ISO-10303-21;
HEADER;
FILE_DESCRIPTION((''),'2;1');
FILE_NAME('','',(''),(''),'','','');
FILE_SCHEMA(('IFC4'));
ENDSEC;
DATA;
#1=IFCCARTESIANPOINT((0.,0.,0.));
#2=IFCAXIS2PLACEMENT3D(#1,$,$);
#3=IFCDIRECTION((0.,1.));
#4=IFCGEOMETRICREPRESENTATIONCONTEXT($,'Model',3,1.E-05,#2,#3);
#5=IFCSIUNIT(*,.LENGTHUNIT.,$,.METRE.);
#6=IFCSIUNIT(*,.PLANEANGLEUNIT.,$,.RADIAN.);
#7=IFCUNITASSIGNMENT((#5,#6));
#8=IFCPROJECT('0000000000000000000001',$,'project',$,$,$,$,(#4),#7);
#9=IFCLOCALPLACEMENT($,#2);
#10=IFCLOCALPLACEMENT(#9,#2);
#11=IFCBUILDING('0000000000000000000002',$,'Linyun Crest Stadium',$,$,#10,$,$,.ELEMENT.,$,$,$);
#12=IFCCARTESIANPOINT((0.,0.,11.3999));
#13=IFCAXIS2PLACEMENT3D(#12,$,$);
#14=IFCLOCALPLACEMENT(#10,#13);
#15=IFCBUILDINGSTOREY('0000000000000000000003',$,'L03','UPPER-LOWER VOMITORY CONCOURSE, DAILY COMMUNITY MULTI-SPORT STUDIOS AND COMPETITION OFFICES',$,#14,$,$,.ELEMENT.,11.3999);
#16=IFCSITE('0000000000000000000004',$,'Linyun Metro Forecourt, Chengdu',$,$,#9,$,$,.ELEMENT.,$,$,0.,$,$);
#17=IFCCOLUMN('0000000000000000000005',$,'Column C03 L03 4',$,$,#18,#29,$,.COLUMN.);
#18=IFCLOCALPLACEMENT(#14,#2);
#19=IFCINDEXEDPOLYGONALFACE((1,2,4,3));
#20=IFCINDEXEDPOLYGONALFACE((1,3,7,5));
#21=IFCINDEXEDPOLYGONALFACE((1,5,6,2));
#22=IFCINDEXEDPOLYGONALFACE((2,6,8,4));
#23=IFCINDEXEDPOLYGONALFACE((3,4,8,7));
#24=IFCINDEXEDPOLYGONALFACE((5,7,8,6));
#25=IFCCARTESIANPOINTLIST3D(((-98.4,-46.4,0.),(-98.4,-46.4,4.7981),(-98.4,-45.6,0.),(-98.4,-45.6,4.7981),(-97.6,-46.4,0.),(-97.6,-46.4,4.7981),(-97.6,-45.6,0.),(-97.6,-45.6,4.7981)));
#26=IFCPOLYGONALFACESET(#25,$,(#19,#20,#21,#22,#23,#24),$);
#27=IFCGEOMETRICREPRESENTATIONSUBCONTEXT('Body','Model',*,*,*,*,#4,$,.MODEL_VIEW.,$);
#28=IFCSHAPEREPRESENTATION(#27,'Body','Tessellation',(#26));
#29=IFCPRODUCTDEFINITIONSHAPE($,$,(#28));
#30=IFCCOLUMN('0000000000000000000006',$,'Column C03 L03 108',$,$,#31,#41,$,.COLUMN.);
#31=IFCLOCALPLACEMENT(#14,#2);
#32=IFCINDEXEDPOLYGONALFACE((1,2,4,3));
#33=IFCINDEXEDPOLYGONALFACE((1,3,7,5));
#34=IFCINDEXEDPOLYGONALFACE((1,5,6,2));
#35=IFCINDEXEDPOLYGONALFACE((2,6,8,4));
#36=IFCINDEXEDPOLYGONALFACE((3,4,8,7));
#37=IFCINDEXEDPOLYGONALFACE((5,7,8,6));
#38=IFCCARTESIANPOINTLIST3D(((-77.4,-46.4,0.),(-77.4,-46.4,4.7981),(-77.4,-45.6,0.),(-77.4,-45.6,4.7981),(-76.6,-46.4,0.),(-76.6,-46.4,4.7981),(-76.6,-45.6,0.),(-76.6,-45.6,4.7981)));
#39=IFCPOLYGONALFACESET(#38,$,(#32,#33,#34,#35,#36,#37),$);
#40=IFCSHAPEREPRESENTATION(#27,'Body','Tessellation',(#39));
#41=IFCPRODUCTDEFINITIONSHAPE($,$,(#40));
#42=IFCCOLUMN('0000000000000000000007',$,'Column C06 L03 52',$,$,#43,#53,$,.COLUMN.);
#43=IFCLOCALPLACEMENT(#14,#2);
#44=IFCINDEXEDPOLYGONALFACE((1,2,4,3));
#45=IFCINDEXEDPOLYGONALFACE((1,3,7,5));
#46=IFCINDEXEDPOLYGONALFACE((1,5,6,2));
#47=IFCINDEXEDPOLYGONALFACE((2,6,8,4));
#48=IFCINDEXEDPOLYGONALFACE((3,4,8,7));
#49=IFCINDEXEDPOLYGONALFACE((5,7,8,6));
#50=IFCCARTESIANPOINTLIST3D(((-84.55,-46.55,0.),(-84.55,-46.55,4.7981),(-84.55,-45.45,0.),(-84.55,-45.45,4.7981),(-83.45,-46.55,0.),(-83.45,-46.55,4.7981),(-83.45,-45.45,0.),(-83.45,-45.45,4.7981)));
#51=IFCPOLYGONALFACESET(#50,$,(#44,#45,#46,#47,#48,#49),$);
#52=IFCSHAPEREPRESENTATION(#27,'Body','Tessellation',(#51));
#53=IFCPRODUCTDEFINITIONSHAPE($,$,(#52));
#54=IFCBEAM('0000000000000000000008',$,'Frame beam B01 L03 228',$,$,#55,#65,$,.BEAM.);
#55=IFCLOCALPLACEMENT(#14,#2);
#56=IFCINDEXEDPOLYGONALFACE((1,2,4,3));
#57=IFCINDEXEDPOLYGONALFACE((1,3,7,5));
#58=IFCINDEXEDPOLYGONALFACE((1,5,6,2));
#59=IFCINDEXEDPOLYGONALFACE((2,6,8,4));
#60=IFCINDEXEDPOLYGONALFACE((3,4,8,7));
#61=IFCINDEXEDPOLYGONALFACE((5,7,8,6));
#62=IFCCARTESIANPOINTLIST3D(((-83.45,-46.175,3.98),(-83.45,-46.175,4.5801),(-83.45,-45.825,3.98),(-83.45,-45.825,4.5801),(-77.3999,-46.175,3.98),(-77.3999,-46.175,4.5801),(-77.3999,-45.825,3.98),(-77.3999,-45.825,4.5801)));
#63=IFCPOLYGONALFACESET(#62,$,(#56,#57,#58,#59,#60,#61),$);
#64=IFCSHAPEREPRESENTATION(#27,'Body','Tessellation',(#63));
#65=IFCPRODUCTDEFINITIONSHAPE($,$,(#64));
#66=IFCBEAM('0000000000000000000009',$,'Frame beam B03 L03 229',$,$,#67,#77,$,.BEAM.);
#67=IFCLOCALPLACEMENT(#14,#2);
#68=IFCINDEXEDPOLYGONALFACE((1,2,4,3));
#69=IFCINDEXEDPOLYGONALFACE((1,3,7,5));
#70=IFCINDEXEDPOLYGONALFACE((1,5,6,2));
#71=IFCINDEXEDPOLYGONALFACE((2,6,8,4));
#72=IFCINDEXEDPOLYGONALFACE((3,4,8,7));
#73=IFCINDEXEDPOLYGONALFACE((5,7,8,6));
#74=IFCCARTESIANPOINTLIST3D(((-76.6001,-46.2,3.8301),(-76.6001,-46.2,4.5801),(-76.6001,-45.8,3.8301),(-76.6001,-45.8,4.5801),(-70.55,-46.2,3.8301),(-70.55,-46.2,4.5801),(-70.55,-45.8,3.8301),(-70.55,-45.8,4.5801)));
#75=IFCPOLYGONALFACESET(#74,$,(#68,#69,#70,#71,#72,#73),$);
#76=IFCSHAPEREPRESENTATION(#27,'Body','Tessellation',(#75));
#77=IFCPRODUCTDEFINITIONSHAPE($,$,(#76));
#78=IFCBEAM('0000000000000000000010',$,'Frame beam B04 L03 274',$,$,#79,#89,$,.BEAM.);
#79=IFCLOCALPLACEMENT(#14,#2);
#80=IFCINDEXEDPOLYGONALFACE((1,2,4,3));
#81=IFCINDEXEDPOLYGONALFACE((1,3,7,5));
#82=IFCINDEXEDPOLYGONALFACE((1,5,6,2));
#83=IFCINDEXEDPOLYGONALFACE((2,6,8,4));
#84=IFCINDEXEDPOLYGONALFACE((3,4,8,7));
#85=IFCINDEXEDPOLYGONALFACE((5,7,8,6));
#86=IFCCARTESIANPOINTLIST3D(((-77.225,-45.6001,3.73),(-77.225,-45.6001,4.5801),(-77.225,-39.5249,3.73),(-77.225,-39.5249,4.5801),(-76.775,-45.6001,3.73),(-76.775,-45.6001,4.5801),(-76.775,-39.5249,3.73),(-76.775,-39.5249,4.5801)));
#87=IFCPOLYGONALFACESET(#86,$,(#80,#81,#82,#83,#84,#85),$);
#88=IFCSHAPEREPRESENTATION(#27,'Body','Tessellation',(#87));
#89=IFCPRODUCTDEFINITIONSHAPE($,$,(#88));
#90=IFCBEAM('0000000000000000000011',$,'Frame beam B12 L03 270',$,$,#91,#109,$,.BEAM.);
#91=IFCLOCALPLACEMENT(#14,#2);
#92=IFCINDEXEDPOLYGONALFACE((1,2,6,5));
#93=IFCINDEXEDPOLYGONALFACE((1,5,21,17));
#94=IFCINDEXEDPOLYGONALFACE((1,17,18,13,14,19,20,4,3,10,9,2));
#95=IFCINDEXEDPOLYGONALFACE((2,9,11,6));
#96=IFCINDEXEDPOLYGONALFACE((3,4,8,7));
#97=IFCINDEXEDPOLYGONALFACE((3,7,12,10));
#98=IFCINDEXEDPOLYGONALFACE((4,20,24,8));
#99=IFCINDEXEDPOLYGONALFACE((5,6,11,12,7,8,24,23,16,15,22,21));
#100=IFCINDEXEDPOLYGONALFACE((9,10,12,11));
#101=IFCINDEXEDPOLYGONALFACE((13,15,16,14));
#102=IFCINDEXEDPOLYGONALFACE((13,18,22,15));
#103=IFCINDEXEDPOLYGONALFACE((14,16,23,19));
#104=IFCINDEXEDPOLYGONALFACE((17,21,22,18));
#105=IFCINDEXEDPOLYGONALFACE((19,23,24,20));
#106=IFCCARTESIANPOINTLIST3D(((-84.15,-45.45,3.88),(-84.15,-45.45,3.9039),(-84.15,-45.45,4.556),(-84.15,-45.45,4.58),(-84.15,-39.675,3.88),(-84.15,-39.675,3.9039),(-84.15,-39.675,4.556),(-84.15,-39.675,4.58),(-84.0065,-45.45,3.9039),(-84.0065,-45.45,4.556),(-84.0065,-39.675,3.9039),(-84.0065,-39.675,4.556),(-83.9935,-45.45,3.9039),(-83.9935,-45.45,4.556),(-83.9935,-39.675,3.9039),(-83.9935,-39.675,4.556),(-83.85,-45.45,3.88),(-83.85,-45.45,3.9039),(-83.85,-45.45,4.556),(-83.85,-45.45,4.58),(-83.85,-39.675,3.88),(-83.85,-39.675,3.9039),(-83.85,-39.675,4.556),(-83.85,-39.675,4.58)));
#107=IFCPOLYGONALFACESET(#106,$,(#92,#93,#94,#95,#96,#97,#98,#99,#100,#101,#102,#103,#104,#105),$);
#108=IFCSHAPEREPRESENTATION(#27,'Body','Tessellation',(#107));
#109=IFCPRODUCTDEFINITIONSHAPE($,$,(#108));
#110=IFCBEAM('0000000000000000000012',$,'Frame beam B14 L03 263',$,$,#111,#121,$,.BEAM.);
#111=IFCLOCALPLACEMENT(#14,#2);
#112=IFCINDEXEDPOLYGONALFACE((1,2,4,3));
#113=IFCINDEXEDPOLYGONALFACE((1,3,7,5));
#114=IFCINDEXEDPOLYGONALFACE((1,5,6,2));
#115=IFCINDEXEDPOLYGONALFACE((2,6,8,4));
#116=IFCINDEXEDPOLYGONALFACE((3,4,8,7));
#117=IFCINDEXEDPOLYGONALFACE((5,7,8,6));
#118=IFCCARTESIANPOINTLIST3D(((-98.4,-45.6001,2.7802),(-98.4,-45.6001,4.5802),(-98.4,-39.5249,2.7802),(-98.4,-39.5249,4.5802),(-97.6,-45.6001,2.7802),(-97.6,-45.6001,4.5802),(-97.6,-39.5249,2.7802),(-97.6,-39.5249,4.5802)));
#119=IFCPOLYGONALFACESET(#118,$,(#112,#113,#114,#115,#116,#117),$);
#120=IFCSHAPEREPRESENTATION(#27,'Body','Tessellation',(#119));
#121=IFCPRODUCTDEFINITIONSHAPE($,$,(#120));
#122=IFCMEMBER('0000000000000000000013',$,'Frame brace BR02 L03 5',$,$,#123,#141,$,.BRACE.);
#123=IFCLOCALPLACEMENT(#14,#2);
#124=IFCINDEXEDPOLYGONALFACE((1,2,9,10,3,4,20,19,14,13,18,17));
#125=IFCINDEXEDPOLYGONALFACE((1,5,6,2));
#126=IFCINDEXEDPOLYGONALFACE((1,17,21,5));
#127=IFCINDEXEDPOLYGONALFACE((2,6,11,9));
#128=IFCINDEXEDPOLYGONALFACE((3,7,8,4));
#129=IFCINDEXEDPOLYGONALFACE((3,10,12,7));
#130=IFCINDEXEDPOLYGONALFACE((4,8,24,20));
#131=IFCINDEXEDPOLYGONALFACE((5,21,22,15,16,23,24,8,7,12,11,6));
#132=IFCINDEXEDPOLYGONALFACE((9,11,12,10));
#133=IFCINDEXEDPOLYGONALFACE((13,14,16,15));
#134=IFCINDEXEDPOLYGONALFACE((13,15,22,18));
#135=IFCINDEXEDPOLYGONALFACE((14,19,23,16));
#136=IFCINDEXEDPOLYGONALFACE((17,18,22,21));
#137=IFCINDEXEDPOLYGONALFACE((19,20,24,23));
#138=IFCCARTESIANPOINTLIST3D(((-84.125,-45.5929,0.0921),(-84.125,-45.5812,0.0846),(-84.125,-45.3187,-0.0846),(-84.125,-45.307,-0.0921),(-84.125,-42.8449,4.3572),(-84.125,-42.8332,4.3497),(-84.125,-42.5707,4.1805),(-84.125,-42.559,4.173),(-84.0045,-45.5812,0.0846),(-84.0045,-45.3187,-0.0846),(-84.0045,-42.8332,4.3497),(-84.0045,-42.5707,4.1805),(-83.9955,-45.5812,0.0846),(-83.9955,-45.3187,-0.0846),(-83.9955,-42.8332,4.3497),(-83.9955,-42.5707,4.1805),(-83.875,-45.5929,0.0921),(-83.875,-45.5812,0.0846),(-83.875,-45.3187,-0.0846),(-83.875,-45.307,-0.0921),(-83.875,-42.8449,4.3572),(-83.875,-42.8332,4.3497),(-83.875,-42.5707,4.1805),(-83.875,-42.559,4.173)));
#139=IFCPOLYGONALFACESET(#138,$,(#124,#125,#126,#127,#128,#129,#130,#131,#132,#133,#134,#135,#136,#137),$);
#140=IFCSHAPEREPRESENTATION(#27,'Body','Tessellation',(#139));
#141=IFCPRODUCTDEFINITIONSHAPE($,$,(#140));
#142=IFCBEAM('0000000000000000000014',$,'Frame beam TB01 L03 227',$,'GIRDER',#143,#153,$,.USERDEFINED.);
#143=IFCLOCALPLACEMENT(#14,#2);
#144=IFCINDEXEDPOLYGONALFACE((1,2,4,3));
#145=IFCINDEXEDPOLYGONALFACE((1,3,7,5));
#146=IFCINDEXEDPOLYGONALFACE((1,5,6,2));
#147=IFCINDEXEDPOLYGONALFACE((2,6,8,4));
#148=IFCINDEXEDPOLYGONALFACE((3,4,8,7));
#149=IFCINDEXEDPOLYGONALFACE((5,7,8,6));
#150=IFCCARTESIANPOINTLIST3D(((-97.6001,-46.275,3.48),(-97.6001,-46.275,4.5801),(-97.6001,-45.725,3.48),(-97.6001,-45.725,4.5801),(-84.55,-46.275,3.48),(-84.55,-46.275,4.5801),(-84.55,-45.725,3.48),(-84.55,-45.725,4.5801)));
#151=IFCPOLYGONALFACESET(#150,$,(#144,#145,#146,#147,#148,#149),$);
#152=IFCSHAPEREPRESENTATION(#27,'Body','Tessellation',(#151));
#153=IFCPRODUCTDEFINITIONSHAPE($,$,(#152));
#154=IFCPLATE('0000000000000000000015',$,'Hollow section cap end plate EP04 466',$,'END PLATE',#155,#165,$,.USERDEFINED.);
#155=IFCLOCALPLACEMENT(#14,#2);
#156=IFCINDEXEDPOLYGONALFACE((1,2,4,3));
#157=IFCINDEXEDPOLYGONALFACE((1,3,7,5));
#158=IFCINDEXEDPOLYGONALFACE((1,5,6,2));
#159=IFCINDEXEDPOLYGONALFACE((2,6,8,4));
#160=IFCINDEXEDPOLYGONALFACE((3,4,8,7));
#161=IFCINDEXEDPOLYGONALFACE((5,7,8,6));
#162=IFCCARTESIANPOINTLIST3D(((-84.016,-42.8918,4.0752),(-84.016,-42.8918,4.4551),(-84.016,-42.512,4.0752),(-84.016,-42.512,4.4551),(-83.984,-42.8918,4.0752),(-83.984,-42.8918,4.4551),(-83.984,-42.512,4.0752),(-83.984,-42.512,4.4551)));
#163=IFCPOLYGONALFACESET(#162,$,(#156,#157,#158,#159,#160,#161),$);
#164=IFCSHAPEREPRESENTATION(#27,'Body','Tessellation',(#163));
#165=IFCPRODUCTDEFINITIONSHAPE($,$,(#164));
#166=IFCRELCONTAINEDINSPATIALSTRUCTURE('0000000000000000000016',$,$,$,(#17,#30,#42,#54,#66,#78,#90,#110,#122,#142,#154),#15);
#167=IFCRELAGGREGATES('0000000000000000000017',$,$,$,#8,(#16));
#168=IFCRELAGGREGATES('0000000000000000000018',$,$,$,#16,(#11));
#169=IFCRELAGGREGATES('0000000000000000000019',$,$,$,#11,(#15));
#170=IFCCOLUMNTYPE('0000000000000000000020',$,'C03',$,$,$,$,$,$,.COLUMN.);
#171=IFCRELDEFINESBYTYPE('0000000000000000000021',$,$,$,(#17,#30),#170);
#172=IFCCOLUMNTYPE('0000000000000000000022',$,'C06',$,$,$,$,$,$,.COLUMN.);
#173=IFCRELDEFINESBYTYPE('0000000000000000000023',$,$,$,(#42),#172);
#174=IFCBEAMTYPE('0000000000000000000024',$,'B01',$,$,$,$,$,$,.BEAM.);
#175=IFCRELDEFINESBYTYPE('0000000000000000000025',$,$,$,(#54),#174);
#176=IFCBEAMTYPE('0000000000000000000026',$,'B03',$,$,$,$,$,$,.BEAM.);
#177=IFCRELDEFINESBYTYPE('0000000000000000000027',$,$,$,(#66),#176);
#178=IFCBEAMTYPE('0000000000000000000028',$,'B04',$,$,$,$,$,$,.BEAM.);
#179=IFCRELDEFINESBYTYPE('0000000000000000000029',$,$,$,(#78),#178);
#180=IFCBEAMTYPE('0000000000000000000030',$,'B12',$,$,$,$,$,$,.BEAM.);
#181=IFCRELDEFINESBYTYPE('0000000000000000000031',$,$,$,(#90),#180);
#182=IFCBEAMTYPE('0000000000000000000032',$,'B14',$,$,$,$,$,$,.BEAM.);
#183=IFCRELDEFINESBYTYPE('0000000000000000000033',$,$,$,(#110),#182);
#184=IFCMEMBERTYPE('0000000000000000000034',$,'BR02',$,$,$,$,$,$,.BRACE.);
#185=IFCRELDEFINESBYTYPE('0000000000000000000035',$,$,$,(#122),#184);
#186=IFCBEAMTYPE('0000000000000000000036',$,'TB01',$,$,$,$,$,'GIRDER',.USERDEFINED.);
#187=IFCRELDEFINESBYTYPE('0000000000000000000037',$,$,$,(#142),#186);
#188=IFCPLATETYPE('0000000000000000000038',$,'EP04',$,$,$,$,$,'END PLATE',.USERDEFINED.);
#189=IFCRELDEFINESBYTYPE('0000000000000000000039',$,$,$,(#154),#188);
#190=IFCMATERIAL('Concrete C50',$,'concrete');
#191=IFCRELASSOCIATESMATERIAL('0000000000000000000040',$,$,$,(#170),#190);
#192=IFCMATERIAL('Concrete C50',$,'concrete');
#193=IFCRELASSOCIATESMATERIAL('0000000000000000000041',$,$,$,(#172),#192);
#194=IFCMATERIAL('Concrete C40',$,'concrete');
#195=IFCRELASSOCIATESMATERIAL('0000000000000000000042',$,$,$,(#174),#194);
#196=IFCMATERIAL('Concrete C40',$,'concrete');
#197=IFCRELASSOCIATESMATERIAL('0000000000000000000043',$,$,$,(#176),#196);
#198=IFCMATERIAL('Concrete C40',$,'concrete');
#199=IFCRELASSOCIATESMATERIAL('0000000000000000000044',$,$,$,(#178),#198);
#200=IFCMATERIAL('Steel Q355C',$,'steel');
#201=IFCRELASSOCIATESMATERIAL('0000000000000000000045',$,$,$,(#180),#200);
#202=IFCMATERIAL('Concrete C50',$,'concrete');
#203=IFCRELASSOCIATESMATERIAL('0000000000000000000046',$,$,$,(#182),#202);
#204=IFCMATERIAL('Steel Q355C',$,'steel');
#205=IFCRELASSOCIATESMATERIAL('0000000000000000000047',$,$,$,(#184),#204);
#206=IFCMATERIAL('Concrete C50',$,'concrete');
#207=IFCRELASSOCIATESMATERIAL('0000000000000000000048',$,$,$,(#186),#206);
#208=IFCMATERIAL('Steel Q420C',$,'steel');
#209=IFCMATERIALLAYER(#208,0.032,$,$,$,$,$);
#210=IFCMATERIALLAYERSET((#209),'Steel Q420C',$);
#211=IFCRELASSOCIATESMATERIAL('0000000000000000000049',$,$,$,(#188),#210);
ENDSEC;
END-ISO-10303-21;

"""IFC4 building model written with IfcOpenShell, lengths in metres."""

from ifc_helpers import new_model, si_unit, direction, frame, origin, origin_2d, place, context, subcontext, project, spatial, rectangle, i_section, extrude, material, layer, layer_set, material_profile, profile_set, type_object, element, save


model = new_model("IFC4")

# Units and contexts
model_context = context("Model", 3, precision=1e-05, world=origin(), true_north=direction((0.0, 1.0)))
body_context = subcontext(model_context, "Body", "Model", "MODEL_VIEW")
ifc_project = project(units=[si_unit("LENGTHUNIT", "METRE"), si_unit("PLANEANGLEUNIT", "RADIAN")], contexts=[model_context])

# Site, building, storey
site_placement = place(None, origin())
site = spatial("IfcSite", under=ifc_project, at=site_placement, Name="Linyun Metro Forecourt, Chengdu", CompositionType="ELEMENT", RefElevation=0.0)
building_placement = place(site_placement, origin())
building = spatial("IfcBuilding", under=site, at=building_placement, Name="Linyun Crest Stadium", CompositionType="ELEMENT")
storey_placement = place(building_placement, frame((0.0, 0.0, 11.3999)))
storey = spatial("IfcBuildingStorey", under=building, at=storey_placement, Name="L03", Description="UPPER-LOWER VOMITORY CONCOURSE, DAILY COMMUNITY MULTI-SPORT STUDIOS AND COMPETITION OFFICES", CompositionType="ELEMENT", Elevation=11.3999)

# Columns
ifc_material_1 = material(Name="Concrete C50", Category="concrete")
ifc_material_profile_1 = material_profile(ifc_material_1, rectangle(XDim=0.8, YDim=0.8, at=origin_2d()), Name="RC 800x800")
ifc_profile_set_1 = profile_set([ifc_material_profile_1], Name="Concrete C50")
column_type_1 = type_object("IfcColumnType", Name="C03", PredefinedType="COLUMN", material=ifc_profile_set_1)
for number, where, z_axis, x_axis, name in (
    (1, (-98.0, -46.0, 0.0), (0.0, 0.0, 1.0), (1.0, 0.0, 0.0), "Column C03 L03 4"),
    (2, (-77.0, -46.0, 0.0), (0.0, 0.0, 1.0), (1.0, 0.0, 0.0), "Column C03 L03 108"),
):
    element("IfcColumn", number, at=place(storey_placement, frame(where, z_axis=z_axis, x_axis=x_axis)), inside=storey, type_object=column_type_1, Name=name, PredefinedType="COLUMN", context=body_context, shape_type="SweptSolid", body=[
        extrude(rectangle(XDim=0.8, YDim=0.8, at=origin_2d()), origin(), (0.0, 0.0, 1.0), 4.7981),
    ])
ifc_material_2 = material(Name="Concrete C50", Category="concrete")
ifc_material_profile_2 = material_profile(ifc_material_2, rectangle(XDim=1.1001, YDim=1.1001, at=origin_2d()), Name="RC 1100x1100")
ifc_profile_set_2 = profile_set([ifc_material_profile_2], Name="Concrete C50")
column_type_2 = type_object("IfcColumnType", Name="C06", PredefinedType="COLUMN", material=ifc_profile_set_2)
column_placement = place(storey_placement, frame((-84.0, -46.0, 0.0), z_axis=(0.0, 0.0, 1.0), x_axis=(1.0, 0.0, 0.0)))
element("IfcColumn", 3, at=column_placement, inside=storey, type_object=column_type_2, Name="Column C06 L03 52", PredefinedType="COLUMN", context=body_context, shape_type="SweptSolid", body=[
    extrude(rectangle(XDim=1.1001, YDim=1.1001, at=origin_2d()), origin(), (0.0, 0.0, 1.0), 4.7981),
])

# Beams
ifc_material_3 = material(Name="Concrete C40", Category="concrete")
ifc_material_profile_3 = material_profile(ifc_material_3, rectangle(XDim=0.3501, YDim=0.6001, at=origin_2d()), Name="RCB 600x350")
ifc_profile_set_3 = profile_set([ifc_material_profile_3], Name="Concrete C40")
beam_type_1 = type_object("IfcBeamType", Name="B01", PredefinedType="BEAM", material=ifc_profile_set_3)
beam_1_placement = place(storey_placement, frame((-83.45, -46.0, 4.28), z_axis=(1.0, 0.0, 0.0), x_axis=(0.0, 1.0, 0.0)))
element("IfcBeam", 4, at=beam_1_placement, inside=storey, type_object=beam_type_1, Name="Frame beam B01 L03 228", PredefinedType="BEAM", context=body_context, shape_type="SweptSolid", body=[
    extrude(rectangle(XDim=0.3501, YDim=0.6001, at=origin_2d()), origin(), (0.0, 0.0, 1.0), 6.05),
])
ifc_material_4 = material(Name="Concrete C40", Category="concrete")
ifc_material_profile_4 = material_profile(ifc_material_4, rectangle(XDim=0.3999, YDim=0.75, at=origin_2d()), Name="RCB 750x400")
ifc_profile_set_4 = profile_set([ifc_material_profile_4], Name="Concrete C40")
beam_type_2 = type_object("IfcBeamType", Name="B03", PredefinedType="BEAM", material=ifc_profile_set_4)
beam_2_placement = place(storey_placement, frame((-76.6001, -46.0, 4.2051), z_axis=(1.0, 0.0, 0.0), x_axis=(0.0, 1.0, 0.0)))
element("IfcBeam", 5, at=beam_2_placement, inside=storey, type_object=beam_type_2, Name="Frame beam B03 L03 229", PredefinedType="BEAM", context=body_context, shape_type="SweptSolid", body=[
    extrude(rectangle(XDim=0.3999, YDim=0.75, at=origin_2d()), origin(), (0.0, 0.0, 1.0), 6.05),
])
ifc_material_5 = material(Name="Concrete C40", Category="concrete")
ifc_material_profile_5 = material_profile(ifc_material_5, rectangle(XDim=0.45, YDim=0.8501, at=origin_2d()), Name="RCB 850x450")
ifc_profile_set_5 = profile_set([ifc_material_profile_5], Name="Concrete C40")
beam_type_3 = type_object("IfcBeamType", Name="B04", PredefinedType="BEAM", material=ifc_profile_set_5)
beam_3_placement = place(storey_placement, frame((-77.0, -45.6001, 4.155), z_axis=(0.0, 1.0, 0.0), x_axis=(-1.0, 0.0, 0.0)))
element("IfcBeam", 6, at=beam_3_placement, inside=storey, type_object=beam_type_3, Name="Frame beam B04 L03 274", PredefinedType="BEAM", context=body_context, shape_type="SweptSolid", body=[
    extrude(rectangle(XDim=0.45, YDim=0.8501, at=origin_2d()), origin(), (0.0, 0.0, 1.0), 6.0752),
])
ifc_material_6 = material(Name="Steel Q355C", Category="steel")
ifc_material_profile_6 = material_profile(ifc_material_6, i_section(OverallWidth=0.3, OverallDepth=0.7, WebThickness=0.0129, FlangeThickness=0.0239, at=origin_2d()), Name="HN 700x300")
ifc_profile_set_6 = profile_set([ifc_material_profile_6], Name="Steel Q355C")
beam_type_4 = type_object("IfcBeamType", Name="B12", PredefinedType="BEAM", material=ifc_profile_set_6)
beam_4_placement = place(storey_placement, frame((-84.0, -45.45, 4.23), z_axis=(0.0, 1.0, 0.0), x_axis=(-1.0, 0.0, 0.0)))
element("IfcBeam", 7, at=beam_4_placement, inside=storey, type_object=beam_type_4, Name="Frame beam B12 L03 270", PredefinedType="BEAM", context=body_context, shape_type="SweptSolid", body=[
    extrude(i_section(OverallWidth=0.3, OverallDepth=0.7, WebThickness=0.0129, FlangeThickness=0.0239, at=origin_2d()), origin(), (0.0, 0.0, 1.0), 5.7749),
])
ifc_material_7 = material(Name="Concrete C50", Category="concrete")
ifc_material_profile_7 = material_profile(ifc_material_7, rectangle(XDim=0.8, YDim=1.8, at=origin_2d()), Name="RCB 1800x800")
ifc_profile_set_7 = profile_set([ifc_material_profile_7], Name="Concrete C50")
beam_type_5 = type_object("IfcBeamType", Name="B14", PredefinedType="BEAM", material=ifc_profile_set_7)
beam_5_placement = place(storey_placement, frame((-98.0, -45.6001, 3.6802), z_axis=(0.0, 1.0, 0.0), x_axis=(-1.0, 0.0, 0.0)))
element("IfcBeam", 8, at=beam_5_placement, inside=storey, type_object=beam_type_5, Name="Frame beam B14 L03 263", PredefinedType="BEAM", context=body_context, shape_type="SweptSolid", body=[
    extrude(rectangle(XDim=0.8, YDim=1.8, at=origin_2d()), origin(), (0.0, 0.0, 1.0), 6.0752),
])

# Member
ifc_material_8 = material(Name="Steel Q355C", Category="steel")
ifc_material_profile_8 = material_profile(ifc_material_8, i_section(OverallWidth=0.25, OverallDepth=0.3401, WebThickness=0.009, FlangeThickness=0.0139, at=origin_2d()), Name="HM 340x250")
ifc_profile_set_8 = profile_set([ifc_material_profile_8], Name="Steel Q355C")
member_type = type_object("IfcMemberType", Name="BR02", PredefinedType="BRACE", material=ifc_profile_set_8)
member_placement = place(storey_placement, frame((-84.0, -45.45, 0.0), z_axis=(0.0, 0.541618, 0.840625), x_axis=(-1.0, 0.0, 0.0)))
element("IfcMember", 9, at=member_placement, inside=storey, type_object=member_type, Name="Frame brace BR02 L03 5", PredefinedType="BRACE", context=body_context, shape_type="SweptSolid", body=[
    extrude(i_section(OverallWidth=0.25, OverallDepth=0.3401, WebThickness=0.009, FlangeThickness=0.0139, at=origin_2d()), origin(), (0.0, 0.0, 1.0), 5.0737),
])

# Beam
ifc_material_9 = material(Name="Concrete C50", Category="concrete")
ifc_material_profile_9 = material_profile(ifc_material_9, rectangle(XDim=0.55, YDim=1.1001, at=origin_2d()), Name="RCB 1100x550")
ifc_profile_set_9 = profile_set([ifc_material_profile_9], Name="Concrete C50")
beam_type_6 = type_object("IfcBeamType", Name="TB01", ElementType="GIRDER", PredefinedType="USERDEFINED", material=ifc_profile_set_9)
beam_6_placement = place(storey_placement, frame((-97.6001, -46.0, 4.03), z_axis=(1.0, 0.0, 0.0), x_axis=(0.0, 1.0, 0.0)))
element("IfcBeam", 10, at=beam_6_placement, inside=storey, type_object=beam_type_6, Name="Frame beam TB01 L03 227", ObjectType="GIRDER", PredefinedType="USERDEFINED", context=body_context, shape_type="SweptSolid", body=[
    extrude(rectangle(XDim=0.55, YDim=1.1001, at=origin_2d()), origin(), (0.0, 0.0, 1.0), 13.05),
])

# Plate
ifc_material_10 = material(Name="Steel Q420C", Category="steel")
ifc_layer_1 = layer(ifc_material_10, 0.032)
ifc_layer_set_1 = layer_set([ifc_layer_1], Name="Steel Q420C")
plate_type_1 = type_object("IfcPlateType", Name="EP04", ElementType="END PLATE", PredefinedType="USERDEFINED", material=ifc_layer_set_1)
plate_1_placement = place(storey_placement, frame((-84.0, -42.7019, 4.0752), z_axis=(0.0, 0.0, 1.0), x_axis=(0.0, 1.0, 0.0)))
element("IfcPlate", 11, at=plate_1_placement, inside=storey, type_object=plate_type_1, Name="Hollow section cap end plate EP04 466", ObjectType="END PLATE", PredefinedType="USERDEFINED", context=body_context, shape_type="SweptSolid", body=[
    extrude(rectangle(XDim=0.3799, YDim=0.032, at=origin_2d()), origin(), (0.0, 0.0, 1.0), 0.3799),
])

save(model, "model.ifc")
